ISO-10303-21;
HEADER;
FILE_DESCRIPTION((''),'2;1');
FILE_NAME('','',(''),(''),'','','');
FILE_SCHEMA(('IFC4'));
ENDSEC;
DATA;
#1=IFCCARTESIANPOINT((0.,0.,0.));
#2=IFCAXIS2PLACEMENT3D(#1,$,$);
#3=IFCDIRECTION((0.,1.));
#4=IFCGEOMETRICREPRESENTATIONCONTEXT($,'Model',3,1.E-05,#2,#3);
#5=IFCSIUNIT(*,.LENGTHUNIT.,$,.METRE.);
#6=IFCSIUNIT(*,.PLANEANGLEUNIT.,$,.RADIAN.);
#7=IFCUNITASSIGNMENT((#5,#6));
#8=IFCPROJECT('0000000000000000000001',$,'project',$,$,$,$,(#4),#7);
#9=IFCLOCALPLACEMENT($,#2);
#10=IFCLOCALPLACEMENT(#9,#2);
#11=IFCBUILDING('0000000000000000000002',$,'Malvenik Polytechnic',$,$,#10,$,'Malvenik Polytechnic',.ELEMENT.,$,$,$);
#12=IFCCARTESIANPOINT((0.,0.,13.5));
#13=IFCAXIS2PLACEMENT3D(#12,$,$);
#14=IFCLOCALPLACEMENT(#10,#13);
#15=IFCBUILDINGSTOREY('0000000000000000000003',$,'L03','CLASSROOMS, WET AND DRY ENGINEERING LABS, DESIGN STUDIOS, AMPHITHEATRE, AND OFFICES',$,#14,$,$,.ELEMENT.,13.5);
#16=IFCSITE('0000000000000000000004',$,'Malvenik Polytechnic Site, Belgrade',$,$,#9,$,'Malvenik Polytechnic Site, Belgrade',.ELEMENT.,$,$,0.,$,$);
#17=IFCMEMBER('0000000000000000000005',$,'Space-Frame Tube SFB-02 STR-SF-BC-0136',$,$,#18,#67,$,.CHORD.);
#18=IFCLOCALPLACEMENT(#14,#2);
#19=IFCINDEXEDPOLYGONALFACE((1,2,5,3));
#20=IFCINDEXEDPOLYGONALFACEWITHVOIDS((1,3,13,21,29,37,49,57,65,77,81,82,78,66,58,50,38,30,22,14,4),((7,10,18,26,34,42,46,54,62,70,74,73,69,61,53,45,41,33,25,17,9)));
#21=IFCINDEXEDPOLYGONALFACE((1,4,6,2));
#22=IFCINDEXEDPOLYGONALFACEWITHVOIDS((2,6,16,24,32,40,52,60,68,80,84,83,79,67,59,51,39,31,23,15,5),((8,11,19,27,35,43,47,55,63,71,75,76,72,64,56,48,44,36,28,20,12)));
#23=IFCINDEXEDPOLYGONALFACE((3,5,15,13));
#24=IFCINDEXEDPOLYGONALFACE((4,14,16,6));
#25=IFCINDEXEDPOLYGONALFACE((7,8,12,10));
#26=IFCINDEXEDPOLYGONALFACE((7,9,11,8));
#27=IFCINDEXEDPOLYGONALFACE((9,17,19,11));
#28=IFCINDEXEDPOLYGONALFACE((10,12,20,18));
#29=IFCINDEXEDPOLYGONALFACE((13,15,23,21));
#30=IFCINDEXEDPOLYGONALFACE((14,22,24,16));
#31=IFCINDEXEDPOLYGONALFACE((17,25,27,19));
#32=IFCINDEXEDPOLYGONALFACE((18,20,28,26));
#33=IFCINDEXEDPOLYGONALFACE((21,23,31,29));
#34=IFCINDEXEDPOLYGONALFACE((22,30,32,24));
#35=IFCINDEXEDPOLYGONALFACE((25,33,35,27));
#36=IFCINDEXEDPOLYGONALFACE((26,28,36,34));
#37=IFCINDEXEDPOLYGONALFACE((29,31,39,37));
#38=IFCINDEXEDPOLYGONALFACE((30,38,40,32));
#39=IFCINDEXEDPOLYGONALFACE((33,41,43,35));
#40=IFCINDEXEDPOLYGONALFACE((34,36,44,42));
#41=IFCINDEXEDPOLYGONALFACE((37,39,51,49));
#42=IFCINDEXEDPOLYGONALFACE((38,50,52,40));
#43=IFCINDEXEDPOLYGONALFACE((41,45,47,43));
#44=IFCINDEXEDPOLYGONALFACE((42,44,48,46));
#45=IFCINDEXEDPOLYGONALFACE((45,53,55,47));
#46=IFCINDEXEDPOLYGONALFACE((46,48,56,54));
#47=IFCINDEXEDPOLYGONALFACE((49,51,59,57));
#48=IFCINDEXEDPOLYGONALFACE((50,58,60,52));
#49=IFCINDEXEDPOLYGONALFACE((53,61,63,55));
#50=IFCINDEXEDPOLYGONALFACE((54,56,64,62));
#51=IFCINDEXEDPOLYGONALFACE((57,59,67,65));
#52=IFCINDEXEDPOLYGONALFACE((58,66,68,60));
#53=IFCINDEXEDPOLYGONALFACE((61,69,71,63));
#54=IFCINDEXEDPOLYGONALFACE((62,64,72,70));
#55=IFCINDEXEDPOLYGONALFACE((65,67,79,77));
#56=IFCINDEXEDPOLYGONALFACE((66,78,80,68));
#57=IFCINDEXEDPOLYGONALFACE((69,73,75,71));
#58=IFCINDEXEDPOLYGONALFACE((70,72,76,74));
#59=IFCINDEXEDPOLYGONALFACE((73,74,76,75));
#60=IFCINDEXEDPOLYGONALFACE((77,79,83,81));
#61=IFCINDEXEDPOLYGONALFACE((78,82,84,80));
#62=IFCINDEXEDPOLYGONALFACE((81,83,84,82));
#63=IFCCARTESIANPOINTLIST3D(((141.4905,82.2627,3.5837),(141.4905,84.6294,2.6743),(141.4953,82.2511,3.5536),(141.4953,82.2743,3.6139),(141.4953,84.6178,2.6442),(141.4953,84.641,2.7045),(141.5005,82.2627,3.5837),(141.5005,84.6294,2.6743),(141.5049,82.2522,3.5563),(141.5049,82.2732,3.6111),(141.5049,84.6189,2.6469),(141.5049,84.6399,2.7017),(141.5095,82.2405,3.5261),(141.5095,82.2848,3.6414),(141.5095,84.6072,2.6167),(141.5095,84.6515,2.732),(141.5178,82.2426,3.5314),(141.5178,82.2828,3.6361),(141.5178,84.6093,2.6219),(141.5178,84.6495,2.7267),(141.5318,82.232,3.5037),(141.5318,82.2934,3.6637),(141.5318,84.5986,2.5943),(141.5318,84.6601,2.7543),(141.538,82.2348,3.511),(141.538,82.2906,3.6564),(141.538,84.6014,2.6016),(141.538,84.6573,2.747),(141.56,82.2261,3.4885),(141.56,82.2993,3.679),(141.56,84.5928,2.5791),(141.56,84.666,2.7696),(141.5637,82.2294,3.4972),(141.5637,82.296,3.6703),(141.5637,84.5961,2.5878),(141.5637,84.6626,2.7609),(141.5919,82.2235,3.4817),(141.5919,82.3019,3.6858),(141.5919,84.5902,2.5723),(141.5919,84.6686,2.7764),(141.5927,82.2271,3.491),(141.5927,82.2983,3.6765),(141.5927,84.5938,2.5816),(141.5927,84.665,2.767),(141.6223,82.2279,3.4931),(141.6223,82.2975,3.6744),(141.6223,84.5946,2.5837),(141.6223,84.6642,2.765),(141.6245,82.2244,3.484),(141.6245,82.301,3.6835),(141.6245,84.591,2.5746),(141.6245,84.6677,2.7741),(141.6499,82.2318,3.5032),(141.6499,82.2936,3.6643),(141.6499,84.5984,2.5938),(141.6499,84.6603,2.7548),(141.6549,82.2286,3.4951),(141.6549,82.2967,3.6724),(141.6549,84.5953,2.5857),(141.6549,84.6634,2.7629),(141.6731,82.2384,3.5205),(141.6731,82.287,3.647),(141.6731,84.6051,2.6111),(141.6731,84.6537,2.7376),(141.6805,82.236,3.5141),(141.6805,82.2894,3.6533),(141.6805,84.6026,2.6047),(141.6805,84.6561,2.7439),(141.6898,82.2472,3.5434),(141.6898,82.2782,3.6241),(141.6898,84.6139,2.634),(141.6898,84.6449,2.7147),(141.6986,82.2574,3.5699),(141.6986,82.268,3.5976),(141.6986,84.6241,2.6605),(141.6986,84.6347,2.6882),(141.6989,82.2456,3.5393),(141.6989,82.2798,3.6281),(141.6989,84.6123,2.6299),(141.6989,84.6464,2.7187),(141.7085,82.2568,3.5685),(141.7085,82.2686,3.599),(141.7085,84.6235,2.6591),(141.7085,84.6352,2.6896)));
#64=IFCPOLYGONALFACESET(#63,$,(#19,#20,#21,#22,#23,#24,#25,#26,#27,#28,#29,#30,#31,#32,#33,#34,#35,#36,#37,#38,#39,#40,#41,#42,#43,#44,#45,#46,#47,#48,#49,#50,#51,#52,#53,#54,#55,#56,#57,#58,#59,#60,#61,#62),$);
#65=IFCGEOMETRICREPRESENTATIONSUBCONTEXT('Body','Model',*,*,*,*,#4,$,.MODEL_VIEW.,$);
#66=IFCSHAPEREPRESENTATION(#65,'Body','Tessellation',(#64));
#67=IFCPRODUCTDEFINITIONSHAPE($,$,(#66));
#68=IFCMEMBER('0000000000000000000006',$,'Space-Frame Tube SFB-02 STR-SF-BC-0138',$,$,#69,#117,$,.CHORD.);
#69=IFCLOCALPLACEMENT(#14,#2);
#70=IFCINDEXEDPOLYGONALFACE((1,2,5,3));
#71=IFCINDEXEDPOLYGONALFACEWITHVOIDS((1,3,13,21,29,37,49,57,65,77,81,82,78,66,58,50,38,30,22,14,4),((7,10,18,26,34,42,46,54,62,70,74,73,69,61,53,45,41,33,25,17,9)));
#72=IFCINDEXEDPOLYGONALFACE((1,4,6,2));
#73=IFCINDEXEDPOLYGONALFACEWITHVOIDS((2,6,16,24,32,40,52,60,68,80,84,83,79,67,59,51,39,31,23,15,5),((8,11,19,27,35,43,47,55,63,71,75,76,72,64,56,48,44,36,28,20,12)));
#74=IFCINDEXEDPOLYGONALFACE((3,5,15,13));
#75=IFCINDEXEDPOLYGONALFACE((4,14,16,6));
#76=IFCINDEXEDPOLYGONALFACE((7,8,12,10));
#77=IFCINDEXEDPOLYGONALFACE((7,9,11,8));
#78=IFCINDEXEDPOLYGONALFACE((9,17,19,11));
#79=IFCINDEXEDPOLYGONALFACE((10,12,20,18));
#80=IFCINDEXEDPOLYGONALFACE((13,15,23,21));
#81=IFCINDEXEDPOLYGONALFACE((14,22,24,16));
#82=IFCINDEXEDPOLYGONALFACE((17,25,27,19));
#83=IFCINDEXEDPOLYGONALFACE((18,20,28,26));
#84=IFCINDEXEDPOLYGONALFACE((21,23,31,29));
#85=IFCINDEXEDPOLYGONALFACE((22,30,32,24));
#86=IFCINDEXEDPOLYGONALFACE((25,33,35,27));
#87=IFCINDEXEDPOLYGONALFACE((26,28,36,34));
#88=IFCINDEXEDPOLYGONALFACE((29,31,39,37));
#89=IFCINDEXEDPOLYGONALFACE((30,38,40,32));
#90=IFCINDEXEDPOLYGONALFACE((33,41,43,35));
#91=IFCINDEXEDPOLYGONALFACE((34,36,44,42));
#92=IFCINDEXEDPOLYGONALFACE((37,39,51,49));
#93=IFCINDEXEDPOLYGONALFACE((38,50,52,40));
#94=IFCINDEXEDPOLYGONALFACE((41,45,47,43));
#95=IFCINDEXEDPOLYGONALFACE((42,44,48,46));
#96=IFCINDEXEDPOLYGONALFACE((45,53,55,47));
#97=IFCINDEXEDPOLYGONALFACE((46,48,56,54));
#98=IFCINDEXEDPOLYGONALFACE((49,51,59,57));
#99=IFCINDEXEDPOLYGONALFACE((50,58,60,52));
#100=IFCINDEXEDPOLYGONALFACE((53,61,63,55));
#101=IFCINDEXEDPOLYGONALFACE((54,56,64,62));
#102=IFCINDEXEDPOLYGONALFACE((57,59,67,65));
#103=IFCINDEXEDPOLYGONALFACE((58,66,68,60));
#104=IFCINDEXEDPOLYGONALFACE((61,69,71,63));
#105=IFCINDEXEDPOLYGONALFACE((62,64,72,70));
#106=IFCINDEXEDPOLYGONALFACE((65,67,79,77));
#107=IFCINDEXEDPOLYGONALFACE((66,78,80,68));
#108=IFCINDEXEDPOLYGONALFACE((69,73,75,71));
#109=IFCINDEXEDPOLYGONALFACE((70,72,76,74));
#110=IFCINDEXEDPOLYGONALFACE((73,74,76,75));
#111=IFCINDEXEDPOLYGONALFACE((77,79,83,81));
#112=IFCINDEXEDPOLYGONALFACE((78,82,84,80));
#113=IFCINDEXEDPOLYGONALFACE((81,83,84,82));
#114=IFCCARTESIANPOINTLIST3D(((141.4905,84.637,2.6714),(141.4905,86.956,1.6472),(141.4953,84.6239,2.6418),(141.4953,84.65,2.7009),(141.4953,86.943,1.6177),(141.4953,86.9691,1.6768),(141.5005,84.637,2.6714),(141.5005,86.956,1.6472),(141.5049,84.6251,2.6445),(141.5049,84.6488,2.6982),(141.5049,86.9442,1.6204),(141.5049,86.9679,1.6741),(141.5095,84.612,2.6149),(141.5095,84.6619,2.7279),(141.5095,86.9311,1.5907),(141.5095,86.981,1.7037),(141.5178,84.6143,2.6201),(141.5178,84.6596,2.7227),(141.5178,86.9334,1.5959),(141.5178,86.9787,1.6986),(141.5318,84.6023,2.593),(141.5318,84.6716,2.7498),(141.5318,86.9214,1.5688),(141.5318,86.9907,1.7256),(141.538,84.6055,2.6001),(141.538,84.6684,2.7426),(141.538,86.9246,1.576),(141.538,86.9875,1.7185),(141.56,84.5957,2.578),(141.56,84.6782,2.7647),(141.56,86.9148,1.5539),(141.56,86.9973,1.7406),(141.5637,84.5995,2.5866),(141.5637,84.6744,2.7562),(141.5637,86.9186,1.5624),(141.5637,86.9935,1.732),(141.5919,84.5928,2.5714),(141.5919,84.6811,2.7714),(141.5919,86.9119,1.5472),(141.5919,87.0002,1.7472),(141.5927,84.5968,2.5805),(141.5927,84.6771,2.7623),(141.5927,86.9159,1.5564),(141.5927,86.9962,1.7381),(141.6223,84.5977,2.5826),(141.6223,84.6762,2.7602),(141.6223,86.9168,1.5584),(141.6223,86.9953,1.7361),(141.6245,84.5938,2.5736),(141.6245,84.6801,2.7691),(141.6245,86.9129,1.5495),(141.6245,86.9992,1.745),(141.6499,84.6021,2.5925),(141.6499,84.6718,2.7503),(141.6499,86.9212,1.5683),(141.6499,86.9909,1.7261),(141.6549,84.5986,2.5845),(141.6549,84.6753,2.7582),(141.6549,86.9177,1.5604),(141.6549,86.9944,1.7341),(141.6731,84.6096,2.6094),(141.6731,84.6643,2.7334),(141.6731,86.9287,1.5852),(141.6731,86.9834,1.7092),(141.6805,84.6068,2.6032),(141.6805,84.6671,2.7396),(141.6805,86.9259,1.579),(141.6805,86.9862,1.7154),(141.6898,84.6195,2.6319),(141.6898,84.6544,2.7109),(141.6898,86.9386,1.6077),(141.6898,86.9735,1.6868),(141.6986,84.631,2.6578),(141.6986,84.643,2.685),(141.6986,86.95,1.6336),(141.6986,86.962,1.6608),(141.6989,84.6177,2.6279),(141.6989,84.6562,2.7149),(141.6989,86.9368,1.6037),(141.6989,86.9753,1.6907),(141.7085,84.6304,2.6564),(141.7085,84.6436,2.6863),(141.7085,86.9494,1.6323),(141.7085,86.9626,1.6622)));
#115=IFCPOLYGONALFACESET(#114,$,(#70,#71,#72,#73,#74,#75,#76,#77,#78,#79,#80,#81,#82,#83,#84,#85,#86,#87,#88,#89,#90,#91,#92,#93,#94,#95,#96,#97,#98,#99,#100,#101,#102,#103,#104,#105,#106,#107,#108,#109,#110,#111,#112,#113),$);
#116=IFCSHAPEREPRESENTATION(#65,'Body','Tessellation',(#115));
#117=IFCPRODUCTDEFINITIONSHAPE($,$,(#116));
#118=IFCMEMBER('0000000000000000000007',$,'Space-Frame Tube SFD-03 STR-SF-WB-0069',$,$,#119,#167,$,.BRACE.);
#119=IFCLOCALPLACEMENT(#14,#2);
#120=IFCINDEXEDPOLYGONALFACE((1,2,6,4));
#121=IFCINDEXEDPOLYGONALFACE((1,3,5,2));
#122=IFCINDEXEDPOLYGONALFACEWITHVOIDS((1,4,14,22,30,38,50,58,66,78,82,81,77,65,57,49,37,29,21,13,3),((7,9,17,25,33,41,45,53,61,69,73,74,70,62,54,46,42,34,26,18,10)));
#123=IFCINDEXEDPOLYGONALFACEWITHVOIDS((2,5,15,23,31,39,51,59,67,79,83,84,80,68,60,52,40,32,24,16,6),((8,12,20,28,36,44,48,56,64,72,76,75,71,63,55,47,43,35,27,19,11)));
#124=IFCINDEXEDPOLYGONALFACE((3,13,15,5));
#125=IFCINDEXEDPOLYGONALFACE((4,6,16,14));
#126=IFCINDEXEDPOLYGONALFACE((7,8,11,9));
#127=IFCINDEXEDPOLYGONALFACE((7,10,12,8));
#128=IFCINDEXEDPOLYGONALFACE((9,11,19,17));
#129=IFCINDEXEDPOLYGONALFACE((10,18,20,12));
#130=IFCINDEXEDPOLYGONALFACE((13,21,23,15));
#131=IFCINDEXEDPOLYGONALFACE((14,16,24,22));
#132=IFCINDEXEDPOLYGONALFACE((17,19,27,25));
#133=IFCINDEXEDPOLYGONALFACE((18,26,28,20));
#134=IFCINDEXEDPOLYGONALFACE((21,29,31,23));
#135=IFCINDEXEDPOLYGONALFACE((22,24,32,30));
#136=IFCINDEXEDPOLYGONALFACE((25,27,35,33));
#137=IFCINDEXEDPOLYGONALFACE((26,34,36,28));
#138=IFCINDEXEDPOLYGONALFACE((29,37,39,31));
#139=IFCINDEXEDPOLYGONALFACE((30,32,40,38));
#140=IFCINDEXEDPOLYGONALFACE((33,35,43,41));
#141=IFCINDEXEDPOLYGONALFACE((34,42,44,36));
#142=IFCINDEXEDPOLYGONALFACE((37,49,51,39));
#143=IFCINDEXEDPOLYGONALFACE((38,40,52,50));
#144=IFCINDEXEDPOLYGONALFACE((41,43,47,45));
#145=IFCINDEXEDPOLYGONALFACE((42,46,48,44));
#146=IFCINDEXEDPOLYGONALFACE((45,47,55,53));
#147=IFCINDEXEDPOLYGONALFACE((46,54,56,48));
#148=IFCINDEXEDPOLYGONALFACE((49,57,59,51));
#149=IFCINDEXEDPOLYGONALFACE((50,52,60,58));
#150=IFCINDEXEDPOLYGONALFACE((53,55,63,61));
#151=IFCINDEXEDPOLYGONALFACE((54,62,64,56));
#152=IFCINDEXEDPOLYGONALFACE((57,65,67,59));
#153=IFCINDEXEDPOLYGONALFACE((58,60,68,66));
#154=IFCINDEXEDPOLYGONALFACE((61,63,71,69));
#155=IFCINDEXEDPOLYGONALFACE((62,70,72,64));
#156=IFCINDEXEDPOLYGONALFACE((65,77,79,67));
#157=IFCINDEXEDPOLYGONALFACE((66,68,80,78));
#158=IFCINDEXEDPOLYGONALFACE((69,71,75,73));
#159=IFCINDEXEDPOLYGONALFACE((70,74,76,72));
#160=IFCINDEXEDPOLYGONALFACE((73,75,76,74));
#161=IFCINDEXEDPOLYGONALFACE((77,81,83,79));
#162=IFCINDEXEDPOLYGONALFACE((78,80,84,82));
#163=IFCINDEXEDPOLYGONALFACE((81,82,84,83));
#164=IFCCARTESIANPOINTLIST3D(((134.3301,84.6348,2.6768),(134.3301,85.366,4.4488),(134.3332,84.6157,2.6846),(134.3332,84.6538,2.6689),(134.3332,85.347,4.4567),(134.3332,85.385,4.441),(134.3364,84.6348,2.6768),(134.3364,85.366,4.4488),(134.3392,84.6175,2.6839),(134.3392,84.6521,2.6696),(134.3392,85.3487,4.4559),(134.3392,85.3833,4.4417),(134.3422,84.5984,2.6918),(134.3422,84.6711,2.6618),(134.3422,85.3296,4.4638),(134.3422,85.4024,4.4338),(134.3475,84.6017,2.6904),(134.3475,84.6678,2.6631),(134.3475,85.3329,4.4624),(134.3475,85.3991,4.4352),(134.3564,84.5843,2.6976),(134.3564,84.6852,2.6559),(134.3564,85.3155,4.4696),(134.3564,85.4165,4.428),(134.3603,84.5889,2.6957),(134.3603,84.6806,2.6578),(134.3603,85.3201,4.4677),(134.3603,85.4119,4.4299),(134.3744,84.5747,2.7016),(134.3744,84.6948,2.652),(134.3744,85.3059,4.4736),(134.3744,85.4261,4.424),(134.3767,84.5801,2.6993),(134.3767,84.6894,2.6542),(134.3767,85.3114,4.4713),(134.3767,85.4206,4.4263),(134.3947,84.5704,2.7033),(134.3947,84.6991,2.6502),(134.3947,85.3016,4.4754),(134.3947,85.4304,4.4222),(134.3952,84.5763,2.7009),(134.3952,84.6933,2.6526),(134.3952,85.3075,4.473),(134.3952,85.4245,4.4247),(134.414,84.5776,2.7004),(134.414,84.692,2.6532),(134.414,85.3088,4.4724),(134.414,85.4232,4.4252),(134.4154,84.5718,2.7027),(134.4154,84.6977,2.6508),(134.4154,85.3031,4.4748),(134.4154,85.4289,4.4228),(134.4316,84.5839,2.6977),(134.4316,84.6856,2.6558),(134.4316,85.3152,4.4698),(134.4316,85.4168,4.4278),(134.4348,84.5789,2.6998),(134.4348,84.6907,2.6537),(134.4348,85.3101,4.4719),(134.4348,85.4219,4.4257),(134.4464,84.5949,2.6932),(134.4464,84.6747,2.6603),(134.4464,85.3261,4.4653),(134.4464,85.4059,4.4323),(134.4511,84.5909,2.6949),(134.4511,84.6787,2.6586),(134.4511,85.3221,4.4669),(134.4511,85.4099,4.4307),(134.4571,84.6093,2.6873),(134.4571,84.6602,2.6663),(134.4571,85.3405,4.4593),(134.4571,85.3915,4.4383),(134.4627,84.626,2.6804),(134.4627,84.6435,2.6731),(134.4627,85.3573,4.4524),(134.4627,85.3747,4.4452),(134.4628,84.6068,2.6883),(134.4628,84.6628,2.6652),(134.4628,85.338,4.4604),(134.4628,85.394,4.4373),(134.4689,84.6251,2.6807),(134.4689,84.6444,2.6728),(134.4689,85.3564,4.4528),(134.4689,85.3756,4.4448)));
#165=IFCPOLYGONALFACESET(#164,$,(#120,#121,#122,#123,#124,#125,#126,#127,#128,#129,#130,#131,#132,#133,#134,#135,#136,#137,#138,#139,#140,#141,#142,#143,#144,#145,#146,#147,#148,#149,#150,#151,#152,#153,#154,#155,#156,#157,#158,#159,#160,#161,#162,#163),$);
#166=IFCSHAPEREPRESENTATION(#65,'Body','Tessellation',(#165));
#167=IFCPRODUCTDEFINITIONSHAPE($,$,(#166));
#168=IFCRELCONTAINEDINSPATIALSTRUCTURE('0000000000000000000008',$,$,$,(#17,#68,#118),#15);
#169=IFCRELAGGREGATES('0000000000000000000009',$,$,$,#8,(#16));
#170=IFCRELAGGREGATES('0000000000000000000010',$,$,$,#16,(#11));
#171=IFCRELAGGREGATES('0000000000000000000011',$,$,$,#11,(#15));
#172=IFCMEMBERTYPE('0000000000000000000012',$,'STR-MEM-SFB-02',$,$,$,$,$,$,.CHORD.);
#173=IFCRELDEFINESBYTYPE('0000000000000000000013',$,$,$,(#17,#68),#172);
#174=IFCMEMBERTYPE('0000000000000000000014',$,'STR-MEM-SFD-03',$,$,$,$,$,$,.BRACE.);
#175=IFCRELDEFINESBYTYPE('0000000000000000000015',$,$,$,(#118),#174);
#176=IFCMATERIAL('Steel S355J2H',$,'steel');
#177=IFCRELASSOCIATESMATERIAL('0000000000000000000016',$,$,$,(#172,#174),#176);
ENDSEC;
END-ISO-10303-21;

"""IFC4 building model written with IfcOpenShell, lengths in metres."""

from ifc_helpers import new_model, si_unit, direction, frame, origin, origin_2d, place, context, subcontext, project, spatial, hollow_circle, extrude, material, material_profile, profile_set, type_object, element, save


model = new_model("IFC4")

# Units and contexts
model_context = context("Model", 3, precision=1e-05, world=origin(), true_north=direction((0.0, 1.0)))
body_context = subcontext(model_context, "Body", "Model", "MODEL_VIEW")
ifc_project = project(units=[si_unit("LENGTHUNIT", "METRE"), si_unit("PLANEANGLEUNIT", "RADIAN")], contexts=[model_context])

# Site, building, storey
site_placement = place(None, origin())
site = spatial("IfcSite", under=ifc_project, at=site_placement, Name="Malvenik Polytechnic Site, Belgrade", LongName="Malvenik Polytechnic Site, Belgrade", CompositionType="ELEMENT", RefElevation=0.0)
building_placement = place(site_placement, origin())
building = spatial("IfcBuilding", under=site, at=building_placement, Name="Malvenik Polytechnic", LongName="Malvenik Polytechnic", CompositionType="ELEMENT")
storey_placement = place(building_placement, frame((0.0, 0.0, 13.5)))
storey = spatial("IfcBuildingStorey", under=building, at=storey_placement, Name="L03", Description="CLASSROOMS, WET AND DRY ENGINEERING LABS, DESIGN STUDIOS, AMPHITHEATRE, AND OFFICES", CompositionType="ELEMENT", Elevation=13.5)

# Members
ifc_material_1 = material(Name="Steel S355J2H", Category="steel")
ifc_material_profile_1 = material_profile(ifc_material_1, hollow_circle(Radius=0.1096, WallThickness=0.01, at=origin_2d()), Name="CHS 219.1x10.0")
ifc_profile_set_1 = profile_set([ifc_material_profile_1], Name="Steel S355J2H")
member_type_1 = type_object("IfcMemberType", Name="STR-MEM-SFB-02", PredefinedType="CHORD", material=ifc_profile_set_1)
for number, where, z_axis, x_axis, name in (
    (1, (141.6001, 82.2627, 3.5837), (0.0, 0.933457, -0.358689), (-1.0, 0.0, 0.0), "Space-Frame Tube SFB-02 STR-SF-BC-0136"),
):
    element("IfcMember", number, at=place(storey_placement, frame(where, z_axis=z_axis, x_axis=x_axis)), inside=storey, type_object=member_type_1, Name=name, PredefinedType="CHORD", context=body_context, shape_type="SweptSolid", body=[
        extrude(hollow_circle(Radius=0.1096, WallThickness=0.01, at=origin_2d()), origin(), (0.0, 0.0, 1.0), 2.5354),
    ])
member_1_placement = place(storey_placement, frame((141.6001, 84.637, 2.6714), z_axis=(0.0, 0.914766, -0.403984), x_axis=(-1.0, 0.0, 0.0)))
element("IfcMember", 2, at=member_1_placement, inside=storey, type_object=member_type_1, Name="Space-Frame Tube SFB-02 STR-SF-BC-0138", PredefinedType="CHORD", context=body_context, shape_type="SweptSolid", body=[
    extrude(hollow_circle(Radius=0.1096, WallThickness=0.01, at=origin_2d()), origin(), (0.0, 0.0, 1.0), 2.5352),
])
ifc_material_profile_2 = material_profile(ifc_material_1, hollow_circle(Radius=0.0698, WallThickness=0.0063, at=origin_2d()), Name="CHS 139.7x6.3")
ifc_profile_set_2 = profile_set([ifc_material_profile_2], Name="Steel S355J2H")
member_type_2 = type_object("IfcMemberType", Name="STR-MEM-SFD-03", PredefinedType="BRACE", material=ifc_profile_set_2)
for number, where, z_axis, x_axis, name in (
    (3, (134.3999, 84.6348, 2.6768), (0.0, 0.381448, 0.92439), (-1.0, 0.0, 0.0), "Space-Frame Tube SFD-03 STR-SF-WB-0069"),
):
    element("IfcMember", number, at=place(storey_placement, frame(where, z_axis=z_axis, x_axis=x_axis)), inside=storey, type_object=member_type_2, Name=name, PredefinedType="BRACE", context=body_context, shape_type="SweptSolid", body=[
        extrude(hollow_circle(Radius=0.0698, WallThickness=0.0063, at=origin_2d()), origin(), (0.0, 0.0, 1.0), 1.917),
    ])

save(model, "model.ifc")
